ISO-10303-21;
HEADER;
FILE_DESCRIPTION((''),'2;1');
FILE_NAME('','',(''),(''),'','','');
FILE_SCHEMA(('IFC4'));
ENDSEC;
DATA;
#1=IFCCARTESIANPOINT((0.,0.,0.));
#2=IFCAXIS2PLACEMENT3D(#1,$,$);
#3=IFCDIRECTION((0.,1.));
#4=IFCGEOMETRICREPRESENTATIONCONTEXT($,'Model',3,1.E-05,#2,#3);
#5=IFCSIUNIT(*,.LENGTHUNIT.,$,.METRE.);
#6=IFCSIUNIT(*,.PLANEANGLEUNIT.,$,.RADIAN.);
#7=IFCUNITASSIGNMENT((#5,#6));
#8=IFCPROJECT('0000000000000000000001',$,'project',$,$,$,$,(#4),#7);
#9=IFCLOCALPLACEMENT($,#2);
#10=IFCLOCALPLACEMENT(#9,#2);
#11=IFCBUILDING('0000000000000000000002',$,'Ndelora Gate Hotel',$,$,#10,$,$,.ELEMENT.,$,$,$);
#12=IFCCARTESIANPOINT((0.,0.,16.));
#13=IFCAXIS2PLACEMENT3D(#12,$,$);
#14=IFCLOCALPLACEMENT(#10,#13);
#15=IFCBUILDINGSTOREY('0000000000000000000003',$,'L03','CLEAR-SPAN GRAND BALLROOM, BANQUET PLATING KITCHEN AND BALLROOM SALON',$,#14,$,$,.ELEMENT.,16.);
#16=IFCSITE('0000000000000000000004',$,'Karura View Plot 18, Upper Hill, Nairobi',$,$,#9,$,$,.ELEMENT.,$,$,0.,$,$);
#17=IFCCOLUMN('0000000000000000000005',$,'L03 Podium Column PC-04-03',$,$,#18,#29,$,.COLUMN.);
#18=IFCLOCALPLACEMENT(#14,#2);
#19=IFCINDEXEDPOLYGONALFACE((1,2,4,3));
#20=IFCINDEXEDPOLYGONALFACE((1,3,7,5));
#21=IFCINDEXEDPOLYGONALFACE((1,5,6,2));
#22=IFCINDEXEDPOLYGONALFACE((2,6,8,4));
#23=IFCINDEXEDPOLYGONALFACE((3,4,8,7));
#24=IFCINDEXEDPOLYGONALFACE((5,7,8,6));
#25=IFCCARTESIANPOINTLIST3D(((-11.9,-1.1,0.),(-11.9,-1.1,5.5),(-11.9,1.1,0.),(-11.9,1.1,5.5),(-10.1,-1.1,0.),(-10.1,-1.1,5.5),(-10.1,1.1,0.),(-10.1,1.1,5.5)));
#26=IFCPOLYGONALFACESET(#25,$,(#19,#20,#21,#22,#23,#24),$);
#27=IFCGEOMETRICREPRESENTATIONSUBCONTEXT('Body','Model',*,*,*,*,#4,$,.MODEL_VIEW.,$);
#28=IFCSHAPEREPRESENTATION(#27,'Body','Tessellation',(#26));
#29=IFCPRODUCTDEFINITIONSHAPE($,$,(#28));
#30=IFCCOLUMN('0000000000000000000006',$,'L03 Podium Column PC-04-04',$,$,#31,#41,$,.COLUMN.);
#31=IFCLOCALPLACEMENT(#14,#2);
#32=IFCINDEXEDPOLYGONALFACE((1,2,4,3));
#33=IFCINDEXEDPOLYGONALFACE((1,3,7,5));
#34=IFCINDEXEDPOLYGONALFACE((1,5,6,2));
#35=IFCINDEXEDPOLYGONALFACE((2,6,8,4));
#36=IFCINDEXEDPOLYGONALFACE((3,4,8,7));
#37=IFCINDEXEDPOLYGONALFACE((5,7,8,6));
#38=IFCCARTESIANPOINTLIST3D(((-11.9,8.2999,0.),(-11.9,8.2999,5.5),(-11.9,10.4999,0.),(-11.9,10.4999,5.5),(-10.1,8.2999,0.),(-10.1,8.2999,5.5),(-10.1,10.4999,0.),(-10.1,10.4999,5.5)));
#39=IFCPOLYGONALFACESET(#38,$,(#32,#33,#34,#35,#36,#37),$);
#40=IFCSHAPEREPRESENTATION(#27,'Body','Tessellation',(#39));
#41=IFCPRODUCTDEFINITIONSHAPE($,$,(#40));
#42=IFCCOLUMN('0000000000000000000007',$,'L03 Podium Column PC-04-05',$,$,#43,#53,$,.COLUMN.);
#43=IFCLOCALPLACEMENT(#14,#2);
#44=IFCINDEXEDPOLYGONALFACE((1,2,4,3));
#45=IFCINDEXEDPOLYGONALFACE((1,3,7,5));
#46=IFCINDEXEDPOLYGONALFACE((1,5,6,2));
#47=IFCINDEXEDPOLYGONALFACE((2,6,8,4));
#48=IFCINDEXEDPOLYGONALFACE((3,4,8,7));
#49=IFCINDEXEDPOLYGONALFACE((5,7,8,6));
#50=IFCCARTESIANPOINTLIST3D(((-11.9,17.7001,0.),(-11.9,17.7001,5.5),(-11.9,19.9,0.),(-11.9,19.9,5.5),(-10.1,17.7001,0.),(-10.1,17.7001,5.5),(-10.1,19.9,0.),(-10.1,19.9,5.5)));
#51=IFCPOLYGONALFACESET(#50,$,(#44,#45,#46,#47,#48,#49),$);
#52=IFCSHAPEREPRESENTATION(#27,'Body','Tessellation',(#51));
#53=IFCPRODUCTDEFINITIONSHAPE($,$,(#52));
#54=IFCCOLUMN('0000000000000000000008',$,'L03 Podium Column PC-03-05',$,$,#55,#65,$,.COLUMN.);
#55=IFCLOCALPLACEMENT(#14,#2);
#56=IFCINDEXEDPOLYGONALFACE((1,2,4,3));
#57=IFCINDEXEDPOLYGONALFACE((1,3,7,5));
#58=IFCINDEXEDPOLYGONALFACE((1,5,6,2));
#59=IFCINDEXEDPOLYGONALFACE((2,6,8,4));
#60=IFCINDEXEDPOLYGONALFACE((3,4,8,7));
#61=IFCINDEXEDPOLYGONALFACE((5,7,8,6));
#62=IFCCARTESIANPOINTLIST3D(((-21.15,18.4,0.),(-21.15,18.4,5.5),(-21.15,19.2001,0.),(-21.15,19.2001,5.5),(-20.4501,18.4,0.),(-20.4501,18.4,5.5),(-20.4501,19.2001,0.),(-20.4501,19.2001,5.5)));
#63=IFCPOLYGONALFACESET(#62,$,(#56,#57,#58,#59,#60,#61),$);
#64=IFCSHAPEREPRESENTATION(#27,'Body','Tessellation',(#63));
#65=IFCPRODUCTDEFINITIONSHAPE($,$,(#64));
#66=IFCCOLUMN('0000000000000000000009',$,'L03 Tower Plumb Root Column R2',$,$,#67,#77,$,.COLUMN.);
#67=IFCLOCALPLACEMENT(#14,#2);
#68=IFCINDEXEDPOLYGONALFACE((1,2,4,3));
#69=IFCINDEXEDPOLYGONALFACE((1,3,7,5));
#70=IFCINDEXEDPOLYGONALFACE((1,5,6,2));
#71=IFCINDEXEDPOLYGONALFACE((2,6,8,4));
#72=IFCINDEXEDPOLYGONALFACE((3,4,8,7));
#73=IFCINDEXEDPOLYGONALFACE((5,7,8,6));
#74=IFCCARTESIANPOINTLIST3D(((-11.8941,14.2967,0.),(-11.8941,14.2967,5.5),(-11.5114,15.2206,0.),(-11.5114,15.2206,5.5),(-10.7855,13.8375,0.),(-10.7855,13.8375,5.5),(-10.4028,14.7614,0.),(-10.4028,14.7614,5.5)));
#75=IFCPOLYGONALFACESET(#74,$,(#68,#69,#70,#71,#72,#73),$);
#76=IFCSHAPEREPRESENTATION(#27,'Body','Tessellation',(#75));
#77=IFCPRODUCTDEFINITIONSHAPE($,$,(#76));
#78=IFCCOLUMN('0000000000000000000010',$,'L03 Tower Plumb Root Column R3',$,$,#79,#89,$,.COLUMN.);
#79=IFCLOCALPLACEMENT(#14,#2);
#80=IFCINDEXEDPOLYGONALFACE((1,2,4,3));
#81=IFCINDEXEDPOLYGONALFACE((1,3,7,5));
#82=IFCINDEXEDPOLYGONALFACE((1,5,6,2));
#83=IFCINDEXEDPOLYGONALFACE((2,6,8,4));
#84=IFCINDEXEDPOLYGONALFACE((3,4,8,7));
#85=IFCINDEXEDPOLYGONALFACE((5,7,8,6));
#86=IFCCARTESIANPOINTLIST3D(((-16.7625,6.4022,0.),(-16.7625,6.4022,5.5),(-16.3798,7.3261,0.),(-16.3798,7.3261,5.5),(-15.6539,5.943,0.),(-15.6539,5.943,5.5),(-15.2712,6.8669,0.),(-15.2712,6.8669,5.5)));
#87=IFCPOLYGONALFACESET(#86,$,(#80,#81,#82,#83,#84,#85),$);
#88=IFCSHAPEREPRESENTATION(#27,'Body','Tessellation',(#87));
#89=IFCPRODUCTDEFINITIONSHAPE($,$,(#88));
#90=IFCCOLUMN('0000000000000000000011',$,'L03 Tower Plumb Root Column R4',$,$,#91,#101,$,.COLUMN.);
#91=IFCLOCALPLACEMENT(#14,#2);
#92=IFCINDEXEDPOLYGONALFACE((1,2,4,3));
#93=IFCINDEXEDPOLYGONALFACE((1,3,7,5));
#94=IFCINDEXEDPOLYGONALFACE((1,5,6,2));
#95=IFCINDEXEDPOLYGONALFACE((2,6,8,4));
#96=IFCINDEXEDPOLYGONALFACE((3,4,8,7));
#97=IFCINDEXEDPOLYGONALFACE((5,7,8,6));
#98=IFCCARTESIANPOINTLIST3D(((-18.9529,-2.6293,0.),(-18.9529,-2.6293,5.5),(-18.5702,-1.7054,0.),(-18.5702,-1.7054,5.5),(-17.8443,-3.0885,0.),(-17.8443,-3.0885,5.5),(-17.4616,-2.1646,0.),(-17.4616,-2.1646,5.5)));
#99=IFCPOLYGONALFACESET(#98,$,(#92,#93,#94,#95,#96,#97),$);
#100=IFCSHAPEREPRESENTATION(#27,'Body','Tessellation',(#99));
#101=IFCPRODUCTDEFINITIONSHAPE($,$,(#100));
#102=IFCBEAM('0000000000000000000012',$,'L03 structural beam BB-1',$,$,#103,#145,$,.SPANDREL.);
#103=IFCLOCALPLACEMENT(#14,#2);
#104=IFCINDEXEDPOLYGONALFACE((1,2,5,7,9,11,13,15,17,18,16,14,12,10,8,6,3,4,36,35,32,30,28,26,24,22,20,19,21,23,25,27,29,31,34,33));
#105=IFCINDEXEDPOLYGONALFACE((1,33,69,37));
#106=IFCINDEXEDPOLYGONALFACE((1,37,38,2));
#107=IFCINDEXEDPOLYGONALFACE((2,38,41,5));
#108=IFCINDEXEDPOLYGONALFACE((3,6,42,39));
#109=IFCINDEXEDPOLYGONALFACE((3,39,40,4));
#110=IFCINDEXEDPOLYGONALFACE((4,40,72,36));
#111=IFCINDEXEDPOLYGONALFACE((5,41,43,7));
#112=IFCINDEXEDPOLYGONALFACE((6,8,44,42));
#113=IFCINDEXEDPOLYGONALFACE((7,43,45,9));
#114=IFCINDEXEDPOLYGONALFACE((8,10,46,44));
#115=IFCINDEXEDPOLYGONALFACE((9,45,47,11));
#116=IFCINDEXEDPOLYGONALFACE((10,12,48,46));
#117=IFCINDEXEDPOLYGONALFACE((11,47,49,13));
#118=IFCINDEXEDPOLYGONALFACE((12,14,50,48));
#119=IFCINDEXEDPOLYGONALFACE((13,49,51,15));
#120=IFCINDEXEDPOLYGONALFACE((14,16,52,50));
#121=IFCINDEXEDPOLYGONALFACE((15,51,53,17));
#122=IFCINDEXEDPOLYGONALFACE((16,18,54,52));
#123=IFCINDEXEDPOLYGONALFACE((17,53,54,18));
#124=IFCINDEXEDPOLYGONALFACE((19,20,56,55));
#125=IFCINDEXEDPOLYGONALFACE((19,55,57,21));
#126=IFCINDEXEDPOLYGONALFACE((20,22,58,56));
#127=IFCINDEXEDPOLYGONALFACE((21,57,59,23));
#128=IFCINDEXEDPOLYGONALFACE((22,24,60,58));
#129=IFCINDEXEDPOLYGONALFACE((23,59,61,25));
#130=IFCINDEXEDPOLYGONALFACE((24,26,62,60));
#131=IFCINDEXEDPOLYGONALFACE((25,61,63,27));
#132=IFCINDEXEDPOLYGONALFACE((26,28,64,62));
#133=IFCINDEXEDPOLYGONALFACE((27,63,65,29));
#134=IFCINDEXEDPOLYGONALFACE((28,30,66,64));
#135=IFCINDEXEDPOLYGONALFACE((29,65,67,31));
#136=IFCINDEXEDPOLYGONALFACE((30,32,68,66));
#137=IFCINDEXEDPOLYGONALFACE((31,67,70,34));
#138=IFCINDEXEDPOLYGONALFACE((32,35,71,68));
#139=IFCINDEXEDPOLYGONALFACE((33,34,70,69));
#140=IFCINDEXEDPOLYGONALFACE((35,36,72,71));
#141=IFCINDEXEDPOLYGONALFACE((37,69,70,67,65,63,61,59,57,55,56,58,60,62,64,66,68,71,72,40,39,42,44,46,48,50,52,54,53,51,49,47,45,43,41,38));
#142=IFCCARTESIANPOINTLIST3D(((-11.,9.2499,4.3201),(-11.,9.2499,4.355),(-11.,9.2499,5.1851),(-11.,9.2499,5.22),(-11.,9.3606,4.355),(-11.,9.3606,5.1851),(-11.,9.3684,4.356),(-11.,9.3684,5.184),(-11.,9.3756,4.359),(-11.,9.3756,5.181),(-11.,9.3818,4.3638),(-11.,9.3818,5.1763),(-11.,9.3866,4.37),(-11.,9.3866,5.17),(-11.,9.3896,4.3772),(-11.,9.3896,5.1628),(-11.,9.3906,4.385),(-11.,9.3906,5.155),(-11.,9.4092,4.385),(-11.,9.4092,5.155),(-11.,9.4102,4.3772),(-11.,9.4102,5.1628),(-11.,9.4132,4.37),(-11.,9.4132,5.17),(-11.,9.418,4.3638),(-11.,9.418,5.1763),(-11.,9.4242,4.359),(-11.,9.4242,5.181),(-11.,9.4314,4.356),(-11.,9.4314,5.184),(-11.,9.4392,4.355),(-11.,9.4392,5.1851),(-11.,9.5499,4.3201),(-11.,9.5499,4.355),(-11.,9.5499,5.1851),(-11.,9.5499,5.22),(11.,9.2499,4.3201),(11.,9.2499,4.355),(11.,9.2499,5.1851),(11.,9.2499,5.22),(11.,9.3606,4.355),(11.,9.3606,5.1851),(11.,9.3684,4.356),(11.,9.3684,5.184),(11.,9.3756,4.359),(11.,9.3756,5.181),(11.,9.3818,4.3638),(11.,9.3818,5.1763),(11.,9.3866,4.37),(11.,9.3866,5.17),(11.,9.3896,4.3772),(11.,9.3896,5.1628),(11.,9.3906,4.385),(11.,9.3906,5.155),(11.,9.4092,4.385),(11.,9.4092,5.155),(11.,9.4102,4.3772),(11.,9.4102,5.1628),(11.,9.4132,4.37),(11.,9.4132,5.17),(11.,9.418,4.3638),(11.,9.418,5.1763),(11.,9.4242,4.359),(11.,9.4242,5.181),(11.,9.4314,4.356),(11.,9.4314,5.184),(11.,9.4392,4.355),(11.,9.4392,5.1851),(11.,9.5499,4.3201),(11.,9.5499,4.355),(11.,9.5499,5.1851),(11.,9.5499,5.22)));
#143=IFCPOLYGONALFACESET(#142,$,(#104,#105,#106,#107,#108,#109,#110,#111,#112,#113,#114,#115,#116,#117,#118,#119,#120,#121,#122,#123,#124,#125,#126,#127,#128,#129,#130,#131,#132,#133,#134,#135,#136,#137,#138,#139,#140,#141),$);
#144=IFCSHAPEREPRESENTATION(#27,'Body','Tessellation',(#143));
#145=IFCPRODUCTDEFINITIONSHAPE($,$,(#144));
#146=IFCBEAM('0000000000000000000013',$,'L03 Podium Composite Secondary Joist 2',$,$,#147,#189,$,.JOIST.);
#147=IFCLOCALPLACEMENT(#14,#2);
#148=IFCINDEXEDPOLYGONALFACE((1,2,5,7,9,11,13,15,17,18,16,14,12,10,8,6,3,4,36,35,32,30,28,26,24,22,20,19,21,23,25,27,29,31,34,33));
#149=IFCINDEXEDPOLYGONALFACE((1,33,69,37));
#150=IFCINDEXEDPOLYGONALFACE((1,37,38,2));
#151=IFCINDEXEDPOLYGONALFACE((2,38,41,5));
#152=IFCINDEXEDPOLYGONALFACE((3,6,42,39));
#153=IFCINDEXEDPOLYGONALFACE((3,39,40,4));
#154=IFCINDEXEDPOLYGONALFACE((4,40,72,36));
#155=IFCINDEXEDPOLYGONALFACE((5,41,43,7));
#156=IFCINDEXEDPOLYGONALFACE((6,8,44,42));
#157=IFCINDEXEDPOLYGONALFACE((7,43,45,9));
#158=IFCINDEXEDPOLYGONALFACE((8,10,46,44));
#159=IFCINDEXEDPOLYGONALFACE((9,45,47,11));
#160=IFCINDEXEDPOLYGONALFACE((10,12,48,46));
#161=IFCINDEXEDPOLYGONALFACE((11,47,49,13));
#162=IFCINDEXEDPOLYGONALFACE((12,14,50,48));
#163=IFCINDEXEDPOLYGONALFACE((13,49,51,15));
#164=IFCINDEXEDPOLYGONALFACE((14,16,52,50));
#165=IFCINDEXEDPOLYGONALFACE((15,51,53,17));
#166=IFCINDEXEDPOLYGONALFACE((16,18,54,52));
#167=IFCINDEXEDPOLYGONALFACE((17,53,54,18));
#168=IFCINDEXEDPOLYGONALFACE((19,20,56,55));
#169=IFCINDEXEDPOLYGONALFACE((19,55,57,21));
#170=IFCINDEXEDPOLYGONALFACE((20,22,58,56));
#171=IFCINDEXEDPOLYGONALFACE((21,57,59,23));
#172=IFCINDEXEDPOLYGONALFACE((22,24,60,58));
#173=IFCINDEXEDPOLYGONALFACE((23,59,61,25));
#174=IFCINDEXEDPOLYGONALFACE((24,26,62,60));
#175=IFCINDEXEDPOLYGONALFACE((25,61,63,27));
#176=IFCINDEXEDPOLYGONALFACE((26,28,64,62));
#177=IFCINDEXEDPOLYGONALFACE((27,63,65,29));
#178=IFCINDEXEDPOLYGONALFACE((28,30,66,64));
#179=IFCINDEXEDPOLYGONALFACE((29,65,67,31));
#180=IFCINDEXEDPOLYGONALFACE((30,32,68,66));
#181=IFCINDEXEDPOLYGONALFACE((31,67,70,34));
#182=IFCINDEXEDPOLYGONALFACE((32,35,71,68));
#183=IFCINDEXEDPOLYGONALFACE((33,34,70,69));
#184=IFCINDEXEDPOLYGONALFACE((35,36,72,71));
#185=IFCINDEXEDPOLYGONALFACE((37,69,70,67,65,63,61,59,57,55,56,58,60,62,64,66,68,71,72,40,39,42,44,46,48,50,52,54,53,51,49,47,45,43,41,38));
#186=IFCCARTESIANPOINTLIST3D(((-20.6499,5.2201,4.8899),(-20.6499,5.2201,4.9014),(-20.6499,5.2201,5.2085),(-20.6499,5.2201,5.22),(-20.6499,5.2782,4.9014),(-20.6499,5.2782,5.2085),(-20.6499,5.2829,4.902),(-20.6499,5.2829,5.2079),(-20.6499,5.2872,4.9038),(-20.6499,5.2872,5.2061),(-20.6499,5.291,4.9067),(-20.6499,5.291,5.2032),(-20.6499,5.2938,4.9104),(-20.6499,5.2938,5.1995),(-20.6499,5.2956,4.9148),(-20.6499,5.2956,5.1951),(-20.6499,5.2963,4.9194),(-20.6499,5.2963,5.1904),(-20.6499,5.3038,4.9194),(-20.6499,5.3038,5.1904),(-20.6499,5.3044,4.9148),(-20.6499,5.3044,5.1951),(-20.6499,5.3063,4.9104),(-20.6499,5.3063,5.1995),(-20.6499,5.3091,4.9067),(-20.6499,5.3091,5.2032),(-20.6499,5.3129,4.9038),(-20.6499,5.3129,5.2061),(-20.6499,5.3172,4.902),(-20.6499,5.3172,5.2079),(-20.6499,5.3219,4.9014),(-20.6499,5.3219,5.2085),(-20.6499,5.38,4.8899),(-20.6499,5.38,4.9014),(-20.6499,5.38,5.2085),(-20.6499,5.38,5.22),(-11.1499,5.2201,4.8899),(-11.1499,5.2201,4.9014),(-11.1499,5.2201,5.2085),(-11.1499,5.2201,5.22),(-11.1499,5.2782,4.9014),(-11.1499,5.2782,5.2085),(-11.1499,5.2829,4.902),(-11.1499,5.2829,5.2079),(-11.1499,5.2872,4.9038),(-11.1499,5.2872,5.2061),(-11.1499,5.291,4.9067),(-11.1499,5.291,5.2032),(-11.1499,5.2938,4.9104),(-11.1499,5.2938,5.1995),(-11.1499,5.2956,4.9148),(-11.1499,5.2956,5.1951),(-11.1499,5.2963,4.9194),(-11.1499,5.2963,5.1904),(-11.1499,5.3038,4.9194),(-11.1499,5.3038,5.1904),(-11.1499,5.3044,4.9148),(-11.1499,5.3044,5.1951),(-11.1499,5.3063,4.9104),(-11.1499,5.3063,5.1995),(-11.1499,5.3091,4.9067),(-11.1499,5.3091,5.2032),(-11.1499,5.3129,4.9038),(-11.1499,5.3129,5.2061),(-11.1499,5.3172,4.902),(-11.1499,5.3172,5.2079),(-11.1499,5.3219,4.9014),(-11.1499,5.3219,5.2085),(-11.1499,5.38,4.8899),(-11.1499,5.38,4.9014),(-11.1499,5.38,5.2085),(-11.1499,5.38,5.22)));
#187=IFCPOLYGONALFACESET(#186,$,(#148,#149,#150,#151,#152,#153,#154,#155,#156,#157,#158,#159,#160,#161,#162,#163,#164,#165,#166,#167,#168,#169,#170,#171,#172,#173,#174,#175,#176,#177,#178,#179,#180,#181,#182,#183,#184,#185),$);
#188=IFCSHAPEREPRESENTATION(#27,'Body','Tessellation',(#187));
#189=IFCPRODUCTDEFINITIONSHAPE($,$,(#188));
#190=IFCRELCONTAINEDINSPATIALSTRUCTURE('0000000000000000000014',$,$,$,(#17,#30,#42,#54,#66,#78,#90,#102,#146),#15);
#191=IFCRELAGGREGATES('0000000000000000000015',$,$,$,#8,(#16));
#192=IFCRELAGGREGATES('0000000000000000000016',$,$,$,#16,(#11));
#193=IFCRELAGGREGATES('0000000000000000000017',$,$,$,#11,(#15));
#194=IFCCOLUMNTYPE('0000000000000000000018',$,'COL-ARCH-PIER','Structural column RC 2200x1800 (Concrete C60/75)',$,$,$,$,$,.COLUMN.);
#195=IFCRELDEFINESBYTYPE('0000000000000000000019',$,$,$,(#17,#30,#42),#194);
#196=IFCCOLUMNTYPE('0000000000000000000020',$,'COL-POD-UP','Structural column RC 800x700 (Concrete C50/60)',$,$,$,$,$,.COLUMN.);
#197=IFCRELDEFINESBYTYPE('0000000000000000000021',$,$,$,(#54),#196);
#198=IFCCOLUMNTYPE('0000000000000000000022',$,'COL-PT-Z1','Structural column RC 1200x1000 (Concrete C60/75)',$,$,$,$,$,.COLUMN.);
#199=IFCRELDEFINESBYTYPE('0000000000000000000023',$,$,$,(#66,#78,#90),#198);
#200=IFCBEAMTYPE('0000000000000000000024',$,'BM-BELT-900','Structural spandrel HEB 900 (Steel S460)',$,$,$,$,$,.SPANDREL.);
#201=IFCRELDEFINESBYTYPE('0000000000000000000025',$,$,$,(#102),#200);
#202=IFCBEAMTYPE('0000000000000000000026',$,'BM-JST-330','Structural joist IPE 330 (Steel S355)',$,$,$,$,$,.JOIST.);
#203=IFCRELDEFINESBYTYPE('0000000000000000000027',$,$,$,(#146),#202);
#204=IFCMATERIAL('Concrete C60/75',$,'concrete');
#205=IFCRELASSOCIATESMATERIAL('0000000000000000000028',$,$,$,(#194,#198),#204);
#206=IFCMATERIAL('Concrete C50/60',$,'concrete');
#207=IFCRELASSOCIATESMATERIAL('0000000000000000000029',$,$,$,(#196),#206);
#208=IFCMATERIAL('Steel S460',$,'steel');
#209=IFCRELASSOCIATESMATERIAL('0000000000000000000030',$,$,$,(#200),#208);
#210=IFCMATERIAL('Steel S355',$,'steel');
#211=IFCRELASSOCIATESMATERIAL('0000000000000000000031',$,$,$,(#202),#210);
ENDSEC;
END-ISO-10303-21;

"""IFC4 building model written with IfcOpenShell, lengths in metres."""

from ifc_helpers import new_model, si_unit, direction, frame, origin, origin_2d, place, context, subcontext, project, spatial, rectangle, i_section, extrude, material, material_profile, profile_set, type_object, element, save


model = new_model("IFC4")

# Units and contexts
model_context = context("Model", 3, precision=1e-05, world=origin(), true_north=direction((0.0, 1.0)))
body_context = subcontext(model_context, "Body", "Model", "MODEL_VIEW")
ifc_project = project(units=[si_unit("LENGTHUNIT", "METRE"), si_unit("PLANEANGLEUNIT", "RADIAN")], contexts=[model_context])

# Site, building, storey
site_placement = place(None, origin())
site = spatial("IfcSite", under=ifc_project, at=site_placement, Name="Karura View Plot 18, Upper Hill, Nairobi", CompositionType="ELEMENT", RefElevation=0.0)
building_placement = place(site_placement, origin())
building = spatial("IfcBuilding", under=site, at=building_placement, Name="Ndelora Gate Hotel", CompositionType="ELEMENT")
storey_placement = place(building_placement, frame((0.0, 0.0, 16.0)))
storey = spatial("IfcBuildingStorey", under=building, at=storey_placement, Name="L03", Description="CLEAR-SPAN GRAND BALLROOM, BANQUET PLATING KITCHEN AND BALLROOM SALON", CompositionType="ELEMENT", Elevation=16.0)

# Columns
ifc_material_1 = material(Name="Concrete C60/75", Category="concrete")
ifc_material_profile_1 = material_profile(ifc_material_1, rectangle(XDim=1.8, YDim=2.2, at=origin_2d()), Name="RC 2200x1800")
ifc_profile_set_1 = profile_set([ifc_material_profile_1], Name="Concrete C60/75")
column_type_1 = type_object("IfcColumnType", Name="COL-ARCH-PIER", Description="Structural column RC 2200x1800 (Concrete C60/75)", PredefinedType="COLUMN", material=ifc_profile_set_1)
for number, where, z_axis, x_axis, name in (
    (1, (-11.0, 0.0, 0.0), (0.0, 0.0, 1.0), (1.0, 0.0, 0.0), "L03 Podium Column PC-04-03"),
    (2, (-11.0, 9.3999, 0.0), (0.0, 0.0, 1.0), (1.0, 0.0, 0.0), "L03 Podium Column PC-04-04"),
    (3, (-11.0, 18.8, 0.0), (0.0, 0.0, 1.0), (1.0, 0.0, 0.0), "L03 Podium Column PC-04-05"),
):
    element("IfcColumn", number, at=place(storey_placement, frame(where, z_axis=z_axis, x_axis=x_axis)), inside=storey, type_object=column_type_1, Name=name, PredefinedType="COLUMN", context=body_context, shape_type="SweptSolid", body=[
        extrude(rectangle(XDim=1.8, YDim=2.2, at=origin_2d()), origin(), (0.0, 0.0, 1.0), 5.5),
    ])
ifc_material_2 = material(Name="Concrete C50/60", Category="concrete")
ifc_material_profile_2 = material_profile(ifc_material_2, rectangle(XDim=0.7, YDim=0.8, at=origin_2d()), Name="RC 800x700")
ifc_profile_set_2 = profile_set([ifc_material_profile_2], Name="Concrete C50/60")
column_type_2 = type_object("IfcColumnType", Name="COL-POD-UP", Description="Structural column RC 800x700 (Concrete C50/60)", PredefinedType="COLUMN", material=ifc_profile_set_2)
column_placement = place(storey_placement, frame((-20.8, 18.8, 0.0), z_axis=(0.0, 0.0, 1.0), x_axis=(1.0, 0.0, 0.0)))
element("IfcColumn", 4, at=column_placement, inside=storey, type_object=column_type_2, Name="L03 Podium Column PC-03-05", PredefinedType="COLUMN", context=body_context, shape_type="SweptSolid", body=[
    extrude(rectangle(XDim=0.7, YDim=0.8, at=origin_2d()), origin(), (0.0, 0.0, 1.0), 5.5),
])
ifc_material_profile_3 = material_profile(ifc_material_1, rectangle(XDim=1.0, YDim=1.2, at=origin_2d()), Name="RC 1200x1000")
ifc_profile_set_3 = profile_set([ifc_material_profile_3], Name="Concrete C60/75")
column_type_3 = type_object("IfcColumnType", Name="COL-PT-Z1", Description="Structural column RC 1200x1000 (Concrete C60/75)", PredefinedType="COLUMN", material=ifc_profile_set_3)
for number, where, z_axis, x_axis, name in (
    (5, (-11.1484, 14.5291, 0.0), (0.0, 0.0, 1.0), (0.382683, 0.92388, 0.0), "L03 Tower Plumb Root Column R2"),
    (6, (-16.0168, 6.6345, 0.0), (0.0, 0.0, 1.0), (0.382683, 0.92388, 0.0), "L03 Tower Plumb Root Column R3"),
    (7, (-18.2073, -2.397, 0.0), (0.0, 0.0, 1.0), (0.382683, 0.92388, 0.0), "L03 Tower Plumb Root Column R4"),
):
    element("IfcColumn", number, at=place(storey_placement, frame(where, z_axis=z_axis, x_axis=x_axis)), inside=storey, type_object=column_type_3, Name=name, PredefinedType="COLUMN", context=body_context, shape_type="SweptSolid", body=[
        extrude(rectangle(XDim=1.0, YDim=1.2, at=origin_2d()), origin(), (0.0, 0.0, 1.0), 5.5),
    ])

# Beams
ifc_material_3 = material(Name="Steel S460", Category="steel")
ifc_material_profile_4 = material_profile(ifc_material_3, i_section(OverallWidth=0.3, OverallDepth=0.8999, WebThickness=0.0186, FlangeThickness=0.0349, FilletRadius=0.03, at=origin_2d()), Name="HEB 900")
ifc_profile_set_4 = profile_set([ifc_material_profile_4], Name="Steel S460")
beam_type_1 = type_object("IfcBeamType", Name="BM-BELT-900", Description="Structural spandrel HEB 900 (Steel S460)", PredefinedType="SPANDREL", material=ifc_profile_set_4)
beam_1_placement = place(storey_placement, frame((-11.0, 9.3999, 4.77), z_axis=(1.0, 0.0, 0.0), x_axis=(0.0, 1.0, 0.0)))
element("IfcBeam", 8, at=beam_1_placement, inside=storey, type_object=beam_type_1, Name="L03 structural beam BB-1", PredefinedType="SPANDREL", context=body_context, shape_type="SweptSolid", body=[
    extrude(i_section(OverallWidth=0.3, OverallDepth=0.8999, WebThickness=0.0186, FlangeThickness=0.0349, FilletRadius=0.03, at=origin_2d()), origin(), (0.0, 0.0, 1.0), 22.0),
])
ifc_material_4 = material(Name="Steel S355", Category="steel")
ifc_material_profile_5 = material_profile(ifc_material_4, i_section(OverallWidth=0.1599, OverallDepth=0.3301, WebThickness=0.0076, FlangeThickness=0.0115, FilletRadius=0.0181, at=origin_2d()), Name="IPE 330")
ifc_profile_set_5 = profile_set([ifc_material_profile_5], Name="Steel S355")
beam_type_2 = type_object("IfcBeamType", Name="BM-JST-330", Description="Structural joist IPE 330 (Steel S355)", PredefinedType="JOIST", material=ifc_profile_set_5)
beam_2_placement = place(storey_placement, frame((-20.6499, 5.3, 5.0549), z_axis=(1.0, 0.0, 0.0), x_axis=(0.0, 1.0, 0.0)))
element("IfcBeam", 9, at=beam_2_placement, inside=storey, type_object=beam_type_2, Name="L03 Podium Composite Secondary Joist 2", PredefinedType="JOIST", context=body_context, shape_type="SweptSolid", body=[
    extrude(i_section(OverallWidth=0.1599, OverallDepth=0.3301, WebThickness=0.0076, FlangeThickness=0.0115, FilletRadius=0.0181, at=origin_2d()), origin(), (0.0, 0.0, 1.0), 9.5),
])

save(model, "model.ifc")
